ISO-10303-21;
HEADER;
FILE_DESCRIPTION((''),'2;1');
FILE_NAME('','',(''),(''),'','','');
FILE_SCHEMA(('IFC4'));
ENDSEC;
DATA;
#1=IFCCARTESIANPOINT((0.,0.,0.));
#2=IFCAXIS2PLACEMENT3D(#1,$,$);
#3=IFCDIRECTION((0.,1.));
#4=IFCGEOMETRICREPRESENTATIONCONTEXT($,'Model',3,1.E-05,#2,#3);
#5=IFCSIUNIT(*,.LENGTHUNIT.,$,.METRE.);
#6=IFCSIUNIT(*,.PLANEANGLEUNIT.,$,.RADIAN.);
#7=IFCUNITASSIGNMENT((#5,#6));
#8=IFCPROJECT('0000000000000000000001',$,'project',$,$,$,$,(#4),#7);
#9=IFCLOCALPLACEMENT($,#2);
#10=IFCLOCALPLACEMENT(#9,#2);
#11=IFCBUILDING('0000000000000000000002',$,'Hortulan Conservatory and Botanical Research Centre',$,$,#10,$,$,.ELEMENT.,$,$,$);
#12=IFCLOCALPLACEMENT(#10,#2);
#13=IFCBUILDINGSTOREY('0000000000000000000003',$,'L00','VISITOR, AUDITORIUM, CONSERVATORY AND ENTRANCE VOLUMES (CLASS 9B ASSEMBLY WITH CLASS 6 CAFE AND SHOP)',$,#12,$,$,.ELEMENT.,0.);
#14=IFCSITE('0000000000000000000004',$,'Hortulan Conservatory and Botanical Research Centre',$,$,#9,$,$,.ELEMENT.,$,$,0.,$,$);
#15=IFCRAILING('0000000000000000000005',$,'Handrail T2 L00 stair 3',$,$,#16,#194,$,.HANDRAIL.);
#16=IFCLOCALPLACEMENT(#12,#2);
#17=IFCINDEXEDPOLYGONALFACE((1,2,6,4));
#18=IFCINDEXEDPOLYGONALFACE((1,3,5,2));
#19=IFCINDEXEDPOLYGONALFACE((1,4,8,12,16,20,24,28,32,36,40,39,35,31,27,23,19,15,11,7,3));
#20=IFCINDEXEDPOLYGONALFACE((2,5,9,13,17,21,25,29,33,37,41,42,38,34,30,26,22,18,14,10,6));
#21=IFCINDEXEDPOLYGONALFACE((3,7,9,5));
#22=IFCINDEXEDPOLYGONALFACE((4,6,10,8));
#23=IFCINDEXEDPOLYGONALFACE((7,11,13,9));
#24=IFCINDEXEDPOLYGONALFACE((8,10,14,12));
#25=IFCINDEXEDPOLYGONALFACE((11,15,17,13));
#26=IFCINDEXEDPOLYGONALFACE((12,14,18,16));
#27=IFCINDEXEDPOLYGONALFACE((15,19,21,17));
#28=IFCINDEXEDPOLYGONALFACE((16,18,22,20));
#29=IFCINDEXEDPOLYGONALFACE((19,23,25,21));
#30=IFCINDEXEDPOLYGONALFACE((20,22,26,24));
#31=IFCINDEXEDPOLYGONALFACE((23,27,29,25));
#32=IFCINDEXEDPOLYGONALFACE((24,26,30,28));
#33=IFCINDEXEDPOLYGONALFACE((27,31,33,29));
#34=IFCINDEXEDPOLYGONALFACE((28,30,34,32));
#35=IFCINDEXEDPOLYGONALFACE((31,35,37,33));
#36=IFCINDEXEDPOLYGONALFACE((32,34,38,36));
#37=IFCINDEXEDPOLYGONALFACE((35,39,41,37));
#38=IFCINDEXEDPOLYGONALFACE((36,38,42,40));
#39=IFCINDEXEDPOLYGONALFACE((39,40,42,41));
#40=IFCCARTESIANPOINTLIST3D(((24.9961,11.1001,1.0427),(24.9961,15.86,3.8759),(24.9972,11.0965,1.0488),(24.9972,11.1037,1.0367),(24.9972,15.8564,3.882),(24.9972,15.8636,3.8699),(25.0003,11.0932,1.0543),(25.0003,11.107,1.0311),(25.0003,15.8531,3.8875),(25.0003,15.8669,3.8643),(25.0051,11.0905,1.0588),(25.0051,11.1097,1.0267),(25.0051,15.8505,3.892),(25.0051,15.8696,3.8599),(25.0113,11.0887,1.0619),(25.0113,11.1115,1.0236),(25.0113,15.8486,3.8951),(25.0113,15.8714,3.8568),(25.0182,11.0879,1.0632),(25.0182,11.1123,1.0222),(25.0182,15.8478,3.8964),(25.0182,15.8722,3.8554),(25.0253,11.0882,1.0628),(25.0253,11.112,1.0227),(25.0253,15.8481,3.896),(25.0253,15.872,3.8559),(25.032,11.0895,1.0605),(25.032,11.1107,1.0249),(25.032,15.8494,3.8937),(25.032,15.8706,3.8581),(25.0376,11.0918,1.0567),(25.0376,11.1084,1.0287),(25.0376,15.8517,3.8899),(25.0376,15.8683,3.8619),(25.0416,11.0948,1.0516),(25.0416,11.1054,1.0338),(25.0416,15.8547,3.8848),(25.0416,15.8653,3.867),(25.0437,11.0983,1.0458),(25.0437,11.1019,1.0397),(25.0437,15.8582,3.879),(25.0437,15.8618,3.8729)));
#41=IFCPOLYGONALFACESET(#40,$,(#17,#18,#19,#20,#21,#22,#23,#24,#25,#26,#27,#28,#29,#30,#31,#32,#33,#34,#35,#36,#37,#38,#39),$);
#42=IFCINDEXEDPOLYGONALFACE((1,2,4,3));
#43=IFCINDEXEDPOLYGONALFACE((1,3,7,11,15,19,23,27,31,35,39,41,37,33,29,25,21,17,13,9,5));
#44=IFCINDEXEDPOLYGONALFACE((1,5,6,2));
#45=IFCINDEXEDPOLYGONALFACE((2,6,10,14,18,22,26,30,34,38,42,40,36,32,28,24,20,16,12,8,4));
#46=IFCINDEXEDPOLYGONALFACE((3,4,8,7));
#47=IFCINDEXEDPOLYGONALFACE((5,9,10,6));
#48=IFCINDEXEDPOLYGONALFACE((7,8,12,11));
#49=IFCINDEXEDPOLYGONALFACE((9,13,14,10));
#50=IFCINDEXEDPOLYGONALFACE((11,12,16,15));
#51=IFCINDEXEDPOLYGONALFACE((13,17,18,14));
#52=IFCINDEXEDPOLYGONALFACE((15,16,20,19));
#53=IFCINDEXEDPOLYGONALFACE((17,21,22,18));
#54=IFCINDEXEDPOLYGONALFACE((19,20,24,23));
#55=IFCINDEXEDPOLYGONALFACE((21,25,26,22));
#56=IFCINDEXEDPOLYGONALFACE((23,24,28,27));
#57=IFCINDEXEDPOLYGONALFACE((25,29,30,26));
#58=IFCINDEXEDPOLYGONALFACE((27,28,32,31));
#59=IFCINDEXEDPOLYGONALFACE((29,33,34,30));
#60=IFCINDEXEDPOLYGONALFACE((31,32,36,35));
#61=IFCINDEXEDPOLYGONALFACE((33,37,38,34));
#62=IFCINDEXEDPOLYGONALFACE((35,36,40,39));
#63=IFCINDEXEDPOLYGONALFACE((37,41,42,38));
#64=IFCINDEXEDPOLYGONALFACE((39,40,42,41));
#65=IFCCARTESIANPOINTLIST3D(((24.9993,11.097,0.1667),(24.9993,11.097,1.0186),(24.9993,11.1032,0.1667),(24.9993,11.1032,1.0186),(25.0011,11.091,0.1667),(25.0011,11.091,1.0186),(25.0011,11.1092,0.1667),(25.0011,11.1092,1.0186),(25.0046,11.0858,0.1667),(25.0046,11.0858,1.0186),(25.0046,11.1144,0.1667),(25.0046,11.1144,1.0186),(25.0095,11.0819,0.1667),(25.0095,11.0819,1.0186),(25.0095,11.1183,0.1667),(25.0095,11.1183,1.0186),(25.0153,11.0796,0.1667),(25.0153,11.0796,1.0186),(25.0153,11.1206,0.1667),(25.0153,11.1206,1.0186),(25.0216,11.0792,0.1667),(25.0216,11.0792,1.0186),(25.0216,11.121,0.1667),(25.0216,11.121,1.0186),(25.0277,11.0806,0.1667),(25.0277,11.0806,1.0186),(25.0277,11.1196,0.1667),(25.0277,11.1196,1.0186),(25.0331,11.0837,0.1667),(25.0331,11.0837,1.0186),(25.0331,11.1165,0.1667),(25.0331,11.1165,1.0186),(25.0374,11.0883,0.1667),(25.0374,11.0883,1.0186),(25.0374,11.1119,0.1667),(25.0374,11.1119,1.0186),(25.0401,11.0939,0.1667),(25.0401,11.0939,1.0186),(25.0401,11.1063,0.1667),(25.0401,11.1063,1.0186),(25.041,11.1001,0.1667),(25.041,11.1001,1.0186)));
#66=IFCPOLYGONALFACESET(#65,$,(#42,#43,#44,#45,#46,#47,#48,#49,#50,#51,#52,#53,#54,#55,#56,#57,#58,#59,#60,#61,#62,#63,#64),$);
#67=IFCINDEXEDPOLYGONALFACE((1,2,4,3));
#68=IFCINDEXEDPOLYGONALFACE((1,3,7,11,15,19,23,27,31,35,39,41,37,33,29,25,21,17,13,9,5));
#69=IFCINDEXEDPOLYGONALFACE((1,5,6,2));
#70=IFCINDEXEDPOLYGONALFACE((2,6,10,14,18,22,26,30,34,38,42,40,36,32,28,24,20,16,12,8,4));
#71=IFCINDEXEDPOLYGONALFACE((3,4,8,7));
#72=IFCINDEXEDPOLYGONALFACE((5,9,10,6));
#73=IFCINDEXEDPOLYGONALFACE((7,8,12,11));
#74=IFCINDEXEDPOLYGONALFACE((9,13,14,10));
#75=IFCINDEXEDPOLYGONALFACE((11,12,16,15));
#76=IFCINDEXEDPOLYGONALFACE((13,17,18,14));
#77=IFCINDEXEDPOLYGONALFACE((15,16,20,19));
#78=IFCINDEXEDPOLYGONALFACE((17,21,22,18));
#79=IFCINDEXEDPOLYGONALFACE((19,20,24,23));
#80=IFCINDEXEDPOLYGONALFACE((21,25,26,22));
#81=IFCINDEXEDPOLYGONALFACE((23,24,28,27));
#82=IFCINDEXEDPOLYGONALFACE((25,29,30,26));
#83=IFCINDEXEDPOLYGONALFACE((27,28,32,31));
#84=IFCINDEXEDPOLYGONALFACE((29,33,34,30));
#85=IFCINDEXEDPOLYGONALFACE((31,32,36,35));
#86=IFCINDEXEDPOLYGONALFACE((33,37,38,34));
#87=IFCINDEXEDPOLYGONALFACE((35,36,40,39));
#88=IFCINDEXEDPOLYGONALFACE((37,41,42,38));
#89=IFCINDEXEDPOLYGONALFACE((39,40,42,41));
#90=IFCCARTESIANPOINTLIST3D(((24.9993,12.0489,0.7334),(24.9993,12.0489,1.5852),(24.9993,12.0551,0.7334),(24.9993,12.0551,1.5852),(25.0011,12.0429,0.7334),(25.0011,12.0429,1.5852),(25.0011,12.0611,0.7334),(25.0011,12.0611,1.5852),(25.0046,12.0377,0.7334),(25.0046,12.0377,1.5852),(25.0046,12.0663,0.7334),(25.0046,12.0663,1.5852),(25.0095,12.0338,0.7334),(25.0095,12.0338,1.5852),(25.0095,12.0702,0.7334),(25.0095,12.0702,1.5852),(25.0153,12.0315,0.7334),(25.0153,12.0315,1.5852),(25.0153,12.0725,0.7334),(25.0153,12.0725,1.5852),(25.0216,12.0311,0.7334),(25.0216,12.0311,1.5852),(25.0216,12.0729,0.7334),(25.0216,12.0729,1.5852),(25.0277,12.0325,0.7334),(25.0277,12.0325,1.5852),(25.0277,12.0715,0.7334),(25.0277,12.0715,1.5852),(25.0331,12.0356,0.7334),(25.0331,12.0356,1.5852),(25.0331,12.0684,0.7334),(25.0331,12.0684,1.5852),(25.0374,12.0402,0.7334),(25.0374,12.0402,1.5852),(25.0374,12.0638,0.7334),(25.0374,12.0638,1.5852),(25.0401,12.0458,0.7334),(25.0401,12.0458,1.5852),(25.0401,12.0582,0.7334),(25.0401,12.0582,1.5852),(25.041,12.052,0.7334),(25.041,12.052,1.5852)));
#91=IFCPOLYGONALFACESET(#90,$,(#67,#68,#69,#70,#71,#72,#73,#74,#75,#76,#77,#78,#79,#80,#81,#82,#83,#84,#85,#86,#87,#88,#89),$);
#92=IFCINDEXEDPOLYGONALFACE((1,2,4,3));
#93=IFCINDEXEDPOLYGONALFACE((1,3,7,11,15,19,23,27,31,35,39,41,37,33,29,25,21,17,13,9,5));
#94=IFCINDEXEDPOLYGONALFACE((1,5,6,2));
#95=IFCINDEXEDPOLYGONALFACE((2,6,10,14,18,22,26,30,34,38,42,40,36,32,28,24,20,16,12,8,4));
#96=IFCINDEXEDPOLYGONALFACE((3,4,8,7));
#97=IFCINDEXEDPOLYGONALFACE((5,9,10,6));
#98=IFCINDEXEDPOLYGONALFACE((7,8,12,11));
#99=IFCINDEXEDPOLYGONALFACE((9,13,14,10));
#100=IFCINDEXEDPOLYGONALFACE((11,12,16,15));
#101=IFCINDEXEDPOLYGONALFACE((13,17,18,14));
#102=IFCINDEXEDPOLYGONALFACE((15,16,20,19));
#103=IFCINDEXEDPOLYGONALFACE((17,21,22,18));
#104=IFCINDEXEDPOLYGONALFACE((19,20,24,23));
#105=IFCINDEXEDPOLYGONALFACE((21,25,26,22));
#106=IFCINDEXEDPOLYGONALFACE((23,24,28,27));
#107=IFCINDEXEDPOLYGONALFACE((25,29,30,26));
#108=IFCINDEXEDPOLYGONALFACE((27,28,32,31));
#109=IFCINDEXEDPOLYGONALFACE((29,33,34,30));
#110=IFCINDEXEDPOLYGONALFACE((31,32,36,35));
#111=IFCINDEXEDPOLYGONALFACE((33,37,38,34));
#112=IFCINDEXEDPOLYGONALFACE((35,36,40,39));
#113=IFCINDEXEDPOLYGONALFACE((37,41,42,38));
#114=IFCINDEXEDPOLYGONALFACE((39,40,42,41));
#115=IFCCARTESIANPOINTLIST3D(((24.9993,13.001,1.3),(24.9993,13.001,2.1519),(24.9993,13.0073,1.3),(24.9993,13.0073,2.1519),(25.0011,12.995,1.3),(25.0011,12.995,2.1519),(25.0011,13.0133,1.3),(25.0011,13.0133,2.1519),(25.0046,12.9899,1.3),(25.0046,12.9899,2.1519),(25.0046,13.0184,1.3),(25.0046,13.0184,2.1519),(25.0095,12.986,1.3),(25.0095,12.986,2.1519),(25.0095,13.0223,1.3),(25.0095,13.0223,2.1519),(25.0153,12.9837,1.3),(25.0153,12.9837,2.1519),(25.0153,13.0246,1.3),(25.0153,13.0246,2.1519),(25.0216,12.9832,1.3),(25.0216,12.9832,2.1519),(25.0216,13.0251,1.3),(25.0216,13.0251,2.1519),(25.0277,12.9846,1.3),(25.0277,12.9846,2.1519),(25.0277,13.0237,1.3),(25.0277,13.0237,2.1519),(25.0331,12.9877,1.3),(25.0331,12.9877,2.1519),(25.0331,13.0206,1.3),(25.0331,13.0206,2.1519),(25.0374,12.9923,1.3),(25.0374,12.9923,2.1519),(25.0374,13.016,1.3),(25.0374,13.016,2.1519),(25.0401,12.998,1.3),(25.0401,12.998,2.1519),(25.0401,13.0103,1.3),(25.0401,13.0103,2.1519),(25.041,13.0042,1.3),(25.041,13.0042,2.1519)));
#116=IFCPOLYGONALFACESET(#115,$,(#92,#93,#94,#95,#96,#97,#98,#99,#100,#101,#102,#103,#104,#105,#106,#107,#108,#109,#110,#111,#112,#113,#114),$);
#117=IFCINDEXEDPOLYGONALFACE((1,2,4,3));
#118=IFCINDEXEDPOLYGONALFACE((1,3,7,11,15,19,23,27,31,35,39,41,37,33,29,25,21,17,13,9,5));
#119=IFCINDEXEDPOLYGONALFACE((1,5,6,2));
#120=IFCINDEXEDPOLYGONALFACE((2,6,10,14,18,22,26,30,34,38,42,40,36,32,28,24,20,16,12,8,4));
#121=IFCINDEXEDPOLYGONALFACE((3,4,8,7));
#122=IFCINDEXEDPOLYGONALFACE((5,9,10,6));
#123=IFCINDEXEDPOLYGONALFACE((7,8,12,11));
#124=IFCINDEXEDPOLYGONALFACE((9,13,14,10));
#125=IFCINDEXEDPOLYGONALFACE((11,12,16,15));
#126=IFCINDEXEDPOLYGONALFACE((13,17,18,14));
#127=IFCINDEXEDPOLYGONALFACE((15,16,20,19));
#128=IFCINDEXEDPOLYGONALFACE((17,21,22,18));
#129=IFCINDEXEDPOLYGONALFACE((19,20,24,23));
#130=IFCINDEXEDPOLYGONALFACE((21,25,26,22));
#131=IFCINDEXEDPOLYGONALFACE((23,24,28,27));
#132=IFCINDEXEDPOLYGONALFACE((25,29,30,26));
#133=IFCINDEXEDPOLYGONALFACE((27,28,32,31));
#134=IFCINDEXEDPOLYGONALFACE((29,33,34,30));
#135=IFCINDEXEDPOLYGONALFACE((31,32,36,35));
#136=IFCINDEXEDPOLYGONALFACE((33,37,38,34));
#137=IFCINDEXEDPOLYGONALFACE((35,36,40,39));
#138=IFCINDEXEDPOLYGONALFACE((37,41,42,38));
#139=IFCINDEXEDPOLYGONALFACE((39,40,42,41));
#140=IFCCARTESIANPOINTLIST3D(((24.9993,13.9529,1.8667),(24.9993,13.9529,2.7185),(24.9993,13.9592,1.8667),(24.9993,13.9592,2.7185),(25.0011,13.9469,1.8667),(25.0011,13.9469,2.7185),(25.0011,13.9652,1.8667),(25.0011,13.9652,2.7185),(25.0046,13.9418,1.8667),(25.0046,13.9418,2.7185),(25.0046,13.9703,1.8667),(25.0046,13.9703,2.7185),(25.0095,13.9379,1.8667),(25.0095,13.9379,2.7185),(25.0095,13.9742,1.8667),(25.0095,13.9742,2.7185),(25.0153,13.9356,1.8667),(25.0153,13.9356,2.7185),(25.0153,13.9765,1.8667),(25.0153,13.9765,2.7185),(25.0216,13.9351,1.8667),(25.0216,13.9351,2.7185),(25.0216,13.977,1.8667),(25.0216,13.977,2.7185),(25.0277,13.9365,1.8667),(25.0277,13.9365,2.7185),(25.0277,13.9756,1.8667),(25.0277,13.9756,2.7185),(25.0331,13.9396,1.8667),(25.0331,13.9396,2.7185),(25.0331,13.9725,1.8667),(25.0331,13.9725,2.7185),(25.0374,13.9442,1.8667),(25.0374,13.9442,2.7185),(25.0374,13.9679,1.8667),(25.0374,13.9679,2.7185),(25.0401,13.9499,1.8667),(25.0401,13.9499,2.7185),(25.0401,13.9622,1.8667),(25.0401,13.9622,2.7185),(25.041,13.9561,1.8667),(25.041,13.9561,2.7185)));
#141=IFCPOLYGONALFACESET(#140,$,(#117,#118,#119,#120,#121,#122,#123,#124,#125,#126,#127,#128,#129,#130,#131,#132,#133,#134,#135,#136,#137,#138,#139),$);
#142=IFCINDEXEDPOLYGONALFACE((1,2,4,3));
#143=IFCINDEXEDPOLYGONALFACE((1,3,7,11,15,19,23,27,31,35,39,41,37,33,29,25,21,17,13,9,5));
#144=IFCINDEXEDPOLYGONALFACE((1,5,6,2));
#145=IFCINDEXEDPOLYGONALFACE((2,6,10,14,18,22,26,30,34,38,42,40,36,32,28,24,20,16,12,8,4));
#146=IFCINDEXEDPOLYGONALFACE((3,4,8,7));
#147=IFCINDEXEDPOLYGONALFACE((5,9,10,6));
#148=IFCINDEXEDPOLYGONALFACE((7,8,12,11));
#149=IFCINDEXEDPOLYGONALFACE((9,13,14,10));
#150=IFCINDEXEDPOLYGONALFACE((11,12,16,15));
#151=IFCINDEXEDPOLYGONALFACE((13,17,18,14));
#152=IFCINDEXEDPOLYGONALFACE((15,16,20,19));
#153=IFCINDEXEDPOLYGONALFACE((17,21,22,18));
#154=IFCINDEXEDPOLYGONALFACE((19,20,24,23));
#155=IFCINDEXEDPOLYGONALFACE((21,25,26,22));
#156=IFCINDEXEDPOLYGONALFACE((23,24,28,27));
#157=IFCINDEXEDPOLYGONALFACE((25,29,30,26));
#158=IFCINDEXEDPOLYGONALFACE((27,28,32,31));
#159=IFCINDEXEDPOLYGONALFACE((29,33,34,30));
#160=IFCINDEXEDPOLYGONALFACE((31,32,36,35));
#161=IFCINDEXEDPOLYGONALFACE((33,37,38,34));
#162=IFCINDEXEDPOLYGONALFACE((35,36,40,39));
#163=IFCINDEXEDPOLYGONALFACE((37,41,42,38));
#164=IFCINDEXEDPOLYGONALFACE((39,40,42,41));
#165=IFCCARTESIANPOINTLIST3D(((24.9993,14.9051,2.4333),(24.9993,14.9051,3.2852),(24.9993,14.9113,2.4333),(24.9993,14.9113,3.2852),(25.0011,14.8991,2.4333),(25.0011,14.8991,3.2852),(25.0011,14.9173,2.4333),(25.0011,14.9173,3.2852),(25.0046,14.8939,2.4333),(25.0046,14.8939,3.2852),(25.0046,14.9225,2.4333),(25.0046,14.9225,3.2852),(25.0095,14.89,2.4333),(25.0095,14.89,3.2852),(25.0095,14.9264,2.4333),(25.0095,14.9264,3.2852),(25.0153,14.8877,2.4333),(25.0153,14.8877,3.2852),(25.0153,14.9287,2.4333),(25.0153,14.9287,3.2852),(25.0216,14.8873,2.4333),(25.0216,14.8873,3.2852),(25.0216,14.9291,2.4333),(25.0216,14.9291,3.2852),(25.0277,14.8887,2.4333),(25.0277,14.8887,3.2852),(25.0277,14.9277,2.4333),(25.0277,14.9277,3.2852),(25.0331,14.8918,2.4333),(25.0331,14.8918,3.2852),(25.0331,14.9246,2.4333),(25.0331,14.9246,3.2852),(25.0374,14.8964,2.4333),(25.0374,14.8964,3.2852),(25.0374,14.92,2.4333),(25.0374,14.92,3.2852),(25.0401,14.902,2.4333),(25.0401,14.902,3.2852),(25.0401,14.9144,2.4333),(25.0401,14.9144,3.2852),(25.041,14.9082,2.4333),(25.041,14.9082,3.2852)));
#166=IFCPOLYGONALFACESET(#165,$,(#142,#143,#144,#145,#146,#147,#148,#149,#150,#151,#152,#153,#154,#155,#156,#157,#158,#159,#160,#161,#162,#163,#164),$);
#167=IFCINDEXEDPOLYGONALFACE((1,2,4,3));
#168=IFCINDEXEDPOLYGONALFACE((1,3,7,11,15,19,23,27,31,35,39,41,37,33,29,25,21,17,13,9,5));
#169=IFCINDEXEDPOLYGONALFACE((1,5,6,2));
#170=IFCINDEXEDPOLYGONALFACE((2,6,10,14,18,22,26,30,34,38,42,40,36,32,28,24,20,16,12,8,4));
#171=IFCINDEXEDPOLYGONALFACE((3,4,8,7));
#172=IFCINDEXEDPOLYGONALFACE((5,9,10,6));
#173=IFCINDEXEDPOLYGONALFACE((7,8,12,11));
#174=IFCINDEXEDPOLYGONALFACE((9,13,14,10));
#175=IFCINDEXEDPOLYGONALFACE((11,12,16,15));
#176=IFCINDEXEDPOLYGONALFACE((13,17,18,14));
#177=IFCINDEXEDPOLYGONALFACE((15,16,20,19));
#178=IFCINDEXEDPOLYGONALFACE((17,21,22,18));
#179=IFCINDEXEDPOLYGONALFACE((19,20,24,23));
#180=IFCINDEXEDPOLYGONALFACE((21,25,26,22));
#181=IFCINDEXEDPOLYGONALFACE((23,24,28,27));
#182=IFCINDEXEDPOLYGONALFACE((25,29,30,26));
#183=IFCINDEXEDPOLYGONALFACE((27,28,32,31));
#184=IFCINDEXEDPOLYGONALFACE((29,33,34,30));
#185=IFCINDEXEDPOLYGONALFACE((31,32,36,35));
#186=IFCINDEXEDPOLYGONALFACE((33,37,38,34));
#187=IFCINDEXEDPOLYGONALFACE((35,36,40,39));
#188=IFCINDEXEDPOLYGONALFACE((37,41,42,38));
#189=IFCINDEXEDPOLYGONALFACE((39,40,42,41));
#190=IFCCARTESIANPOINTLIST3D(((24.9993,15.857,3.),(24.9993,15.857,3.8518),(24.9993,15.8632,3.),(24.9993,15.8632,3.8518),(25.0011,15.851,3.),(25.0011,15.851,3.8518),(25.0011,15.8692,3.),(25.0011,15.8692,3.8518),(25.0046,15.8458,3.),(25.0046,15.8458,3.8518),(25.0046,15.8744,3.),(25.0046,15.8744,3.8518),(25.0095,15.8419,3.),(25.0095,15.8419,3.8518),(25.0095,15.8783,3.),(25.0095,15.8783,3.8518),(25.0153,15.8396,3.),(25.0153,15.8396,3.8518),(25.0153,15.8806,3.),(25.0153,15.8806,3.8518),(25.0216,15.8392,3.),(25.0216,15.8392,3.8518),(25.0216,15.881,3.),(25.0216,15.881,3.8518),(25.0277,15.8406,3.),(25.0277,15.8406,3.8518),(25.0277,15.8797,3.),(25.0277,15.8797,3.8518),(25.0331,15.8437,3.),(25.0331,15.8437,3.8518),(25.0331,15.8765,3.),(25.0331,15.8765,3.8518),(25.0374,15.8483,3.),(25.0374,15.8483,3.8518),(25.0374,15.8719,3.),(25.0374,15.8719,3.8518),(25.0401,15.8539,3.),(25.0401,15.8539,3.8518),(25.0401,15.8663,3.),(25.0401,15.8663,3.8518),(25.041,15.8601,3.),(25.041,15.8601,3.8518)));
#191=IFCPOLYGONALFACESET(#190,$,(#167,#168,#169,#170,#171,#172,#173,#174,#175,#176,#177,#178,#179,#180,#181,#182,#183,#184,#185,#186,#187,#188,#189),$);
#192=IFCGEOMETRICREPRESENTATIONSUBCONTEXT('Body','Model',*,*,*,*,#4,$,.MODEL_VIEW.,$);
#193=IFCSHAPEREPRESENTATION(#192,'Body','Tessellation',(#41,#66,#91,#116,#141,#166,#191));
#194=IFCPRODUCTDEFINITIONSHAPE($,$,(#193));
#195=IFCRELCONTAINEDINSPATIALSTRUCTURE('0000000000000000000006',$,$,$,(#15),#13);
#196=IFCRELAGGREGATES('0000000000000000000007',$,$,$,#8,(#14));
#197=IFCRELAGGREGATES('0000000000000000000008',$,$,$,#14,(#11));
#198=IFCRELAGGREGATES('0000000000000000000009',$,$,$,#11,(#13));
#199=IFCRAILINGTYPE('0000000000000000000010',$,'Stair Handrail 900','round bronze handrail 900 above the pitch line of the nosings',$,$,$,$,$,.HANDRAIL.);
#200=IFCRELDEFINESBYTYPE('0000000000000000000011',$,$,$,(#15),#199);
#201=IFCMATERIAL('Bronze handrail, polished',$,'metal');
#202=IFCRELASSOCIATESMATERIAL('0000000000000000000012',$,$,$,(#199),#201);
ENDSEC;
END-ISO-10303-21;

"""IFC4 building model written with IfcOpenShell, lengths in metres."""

from ifc_helpers import new_model, si_unit, direction, frame, origin, origin_2d, place, context, subcontext, project, spatial, circle, extrude, material, type_object, element, save


model = new_model("IFC4")

# Units and contexts
model_context = context("Model", 3, precision=1e-05, world=origin(), true_north=direction((0.0, 1.0)))
body_context = subcontext(model_context, "Body", "Model", "MODEL_VIEW")
ifc_project = project(units=[si_unit("LENGTHUNIT", "METRE"), si_unit("PLANEANGLEUNIT", "RADIAN")], contexts=[model_context])

# Site, building, storey
site_placement = place(None, origin())
site = spatial("IfcSite", under=ifc_project, at=site_placement, Name="Hortulan Conservatory and Botanical Research Centre", CompositionType="ELEMENT", RefElevation=0.0)
building_placement = place(site_placement, origin())
building = spatial("IfcBuilding", under=site, at=building_placement, Name="Hortulan Conservatory and Botanical Research Centre", CompositionType="ELEMENT")
storey_placement = place(building_placement, origin())
storey = spatial("IfcBuildingStorey", under=building, at=storey_placement, Name="L00", Description="VISITOR, AUDITORIUM, CONSERVATORY AND ENTRANCE VOLUMES (CLASS 9B ASSEMBLY WITH CLASS 6 CAFE AND SHOP)", CompositionType="ELEMENT", Elevation=0.0)

# Railing
ifc_material_1 = material(Name="Bronze handrail, polished", Category="metal")
railing_type_1 = type_object("IfcRailingType", Name="Stair Handrail 900", Description="round bronze handrail 900 above the pitch line of the nosings", PredefinedType="HANDRAIL", material=ifc_material_1)
railing_1_placement = place(storey_placement, frame((25.02, 11.1001, 0.1667)))
element("IfcRailing", 1, at=railing_1_placement, inside=storey, type_object=railing_type_1, Name="Handrail T2 L00 stair 3", PredefinedType="HANDRAIL", context=body_context, shape_type="SweptSolid", body=[
    extrude(circle(Radius=0.0239, at=origin_2d()), frame((0.0, 0.0, 0.876), z_axis=(0.0, 0.8593, 0.511472), x_axis=(-1.0, 0.0, 0.0)), (0.0, 0.0, 1.0), 5.5393),
    extrude(circle(Radius=0.021, at=origin_2d()), origin(), (0.0, 0.0, 1.0), 0.8518),
    extrude(circle(Radius=0.021, at=origin_2d()), frame((0.0, 0.9519, 0.5667)), (0.0, 0.0, 1.0), 0.8518),
    extrude(circle(Radius=0.021, at=origin_2d()), frame((0.0, 1.9041, 1.1333)), (0.0, 0.0, 1.0), 0.8518),
    extrude(circle(Radius=0.021, at=origin_2d()), frame((0.0, 2.856, 1.7)), (0.0, 0.0, 1.0), 0.8518),
    extrude(circle(Radius=0.021, at=origin_2d()), frame((0.0, 3.8081, 2.2666)), (0.0, 0.0, 1.0), 0.8518),
    extrude(circle(Radius=0.021, at=origin_2d()), frame((0.0, 4.76, 2.8333)), (0.0, 0.0, 1.0), 0.8518),
])

save(model, "model.ifc")
